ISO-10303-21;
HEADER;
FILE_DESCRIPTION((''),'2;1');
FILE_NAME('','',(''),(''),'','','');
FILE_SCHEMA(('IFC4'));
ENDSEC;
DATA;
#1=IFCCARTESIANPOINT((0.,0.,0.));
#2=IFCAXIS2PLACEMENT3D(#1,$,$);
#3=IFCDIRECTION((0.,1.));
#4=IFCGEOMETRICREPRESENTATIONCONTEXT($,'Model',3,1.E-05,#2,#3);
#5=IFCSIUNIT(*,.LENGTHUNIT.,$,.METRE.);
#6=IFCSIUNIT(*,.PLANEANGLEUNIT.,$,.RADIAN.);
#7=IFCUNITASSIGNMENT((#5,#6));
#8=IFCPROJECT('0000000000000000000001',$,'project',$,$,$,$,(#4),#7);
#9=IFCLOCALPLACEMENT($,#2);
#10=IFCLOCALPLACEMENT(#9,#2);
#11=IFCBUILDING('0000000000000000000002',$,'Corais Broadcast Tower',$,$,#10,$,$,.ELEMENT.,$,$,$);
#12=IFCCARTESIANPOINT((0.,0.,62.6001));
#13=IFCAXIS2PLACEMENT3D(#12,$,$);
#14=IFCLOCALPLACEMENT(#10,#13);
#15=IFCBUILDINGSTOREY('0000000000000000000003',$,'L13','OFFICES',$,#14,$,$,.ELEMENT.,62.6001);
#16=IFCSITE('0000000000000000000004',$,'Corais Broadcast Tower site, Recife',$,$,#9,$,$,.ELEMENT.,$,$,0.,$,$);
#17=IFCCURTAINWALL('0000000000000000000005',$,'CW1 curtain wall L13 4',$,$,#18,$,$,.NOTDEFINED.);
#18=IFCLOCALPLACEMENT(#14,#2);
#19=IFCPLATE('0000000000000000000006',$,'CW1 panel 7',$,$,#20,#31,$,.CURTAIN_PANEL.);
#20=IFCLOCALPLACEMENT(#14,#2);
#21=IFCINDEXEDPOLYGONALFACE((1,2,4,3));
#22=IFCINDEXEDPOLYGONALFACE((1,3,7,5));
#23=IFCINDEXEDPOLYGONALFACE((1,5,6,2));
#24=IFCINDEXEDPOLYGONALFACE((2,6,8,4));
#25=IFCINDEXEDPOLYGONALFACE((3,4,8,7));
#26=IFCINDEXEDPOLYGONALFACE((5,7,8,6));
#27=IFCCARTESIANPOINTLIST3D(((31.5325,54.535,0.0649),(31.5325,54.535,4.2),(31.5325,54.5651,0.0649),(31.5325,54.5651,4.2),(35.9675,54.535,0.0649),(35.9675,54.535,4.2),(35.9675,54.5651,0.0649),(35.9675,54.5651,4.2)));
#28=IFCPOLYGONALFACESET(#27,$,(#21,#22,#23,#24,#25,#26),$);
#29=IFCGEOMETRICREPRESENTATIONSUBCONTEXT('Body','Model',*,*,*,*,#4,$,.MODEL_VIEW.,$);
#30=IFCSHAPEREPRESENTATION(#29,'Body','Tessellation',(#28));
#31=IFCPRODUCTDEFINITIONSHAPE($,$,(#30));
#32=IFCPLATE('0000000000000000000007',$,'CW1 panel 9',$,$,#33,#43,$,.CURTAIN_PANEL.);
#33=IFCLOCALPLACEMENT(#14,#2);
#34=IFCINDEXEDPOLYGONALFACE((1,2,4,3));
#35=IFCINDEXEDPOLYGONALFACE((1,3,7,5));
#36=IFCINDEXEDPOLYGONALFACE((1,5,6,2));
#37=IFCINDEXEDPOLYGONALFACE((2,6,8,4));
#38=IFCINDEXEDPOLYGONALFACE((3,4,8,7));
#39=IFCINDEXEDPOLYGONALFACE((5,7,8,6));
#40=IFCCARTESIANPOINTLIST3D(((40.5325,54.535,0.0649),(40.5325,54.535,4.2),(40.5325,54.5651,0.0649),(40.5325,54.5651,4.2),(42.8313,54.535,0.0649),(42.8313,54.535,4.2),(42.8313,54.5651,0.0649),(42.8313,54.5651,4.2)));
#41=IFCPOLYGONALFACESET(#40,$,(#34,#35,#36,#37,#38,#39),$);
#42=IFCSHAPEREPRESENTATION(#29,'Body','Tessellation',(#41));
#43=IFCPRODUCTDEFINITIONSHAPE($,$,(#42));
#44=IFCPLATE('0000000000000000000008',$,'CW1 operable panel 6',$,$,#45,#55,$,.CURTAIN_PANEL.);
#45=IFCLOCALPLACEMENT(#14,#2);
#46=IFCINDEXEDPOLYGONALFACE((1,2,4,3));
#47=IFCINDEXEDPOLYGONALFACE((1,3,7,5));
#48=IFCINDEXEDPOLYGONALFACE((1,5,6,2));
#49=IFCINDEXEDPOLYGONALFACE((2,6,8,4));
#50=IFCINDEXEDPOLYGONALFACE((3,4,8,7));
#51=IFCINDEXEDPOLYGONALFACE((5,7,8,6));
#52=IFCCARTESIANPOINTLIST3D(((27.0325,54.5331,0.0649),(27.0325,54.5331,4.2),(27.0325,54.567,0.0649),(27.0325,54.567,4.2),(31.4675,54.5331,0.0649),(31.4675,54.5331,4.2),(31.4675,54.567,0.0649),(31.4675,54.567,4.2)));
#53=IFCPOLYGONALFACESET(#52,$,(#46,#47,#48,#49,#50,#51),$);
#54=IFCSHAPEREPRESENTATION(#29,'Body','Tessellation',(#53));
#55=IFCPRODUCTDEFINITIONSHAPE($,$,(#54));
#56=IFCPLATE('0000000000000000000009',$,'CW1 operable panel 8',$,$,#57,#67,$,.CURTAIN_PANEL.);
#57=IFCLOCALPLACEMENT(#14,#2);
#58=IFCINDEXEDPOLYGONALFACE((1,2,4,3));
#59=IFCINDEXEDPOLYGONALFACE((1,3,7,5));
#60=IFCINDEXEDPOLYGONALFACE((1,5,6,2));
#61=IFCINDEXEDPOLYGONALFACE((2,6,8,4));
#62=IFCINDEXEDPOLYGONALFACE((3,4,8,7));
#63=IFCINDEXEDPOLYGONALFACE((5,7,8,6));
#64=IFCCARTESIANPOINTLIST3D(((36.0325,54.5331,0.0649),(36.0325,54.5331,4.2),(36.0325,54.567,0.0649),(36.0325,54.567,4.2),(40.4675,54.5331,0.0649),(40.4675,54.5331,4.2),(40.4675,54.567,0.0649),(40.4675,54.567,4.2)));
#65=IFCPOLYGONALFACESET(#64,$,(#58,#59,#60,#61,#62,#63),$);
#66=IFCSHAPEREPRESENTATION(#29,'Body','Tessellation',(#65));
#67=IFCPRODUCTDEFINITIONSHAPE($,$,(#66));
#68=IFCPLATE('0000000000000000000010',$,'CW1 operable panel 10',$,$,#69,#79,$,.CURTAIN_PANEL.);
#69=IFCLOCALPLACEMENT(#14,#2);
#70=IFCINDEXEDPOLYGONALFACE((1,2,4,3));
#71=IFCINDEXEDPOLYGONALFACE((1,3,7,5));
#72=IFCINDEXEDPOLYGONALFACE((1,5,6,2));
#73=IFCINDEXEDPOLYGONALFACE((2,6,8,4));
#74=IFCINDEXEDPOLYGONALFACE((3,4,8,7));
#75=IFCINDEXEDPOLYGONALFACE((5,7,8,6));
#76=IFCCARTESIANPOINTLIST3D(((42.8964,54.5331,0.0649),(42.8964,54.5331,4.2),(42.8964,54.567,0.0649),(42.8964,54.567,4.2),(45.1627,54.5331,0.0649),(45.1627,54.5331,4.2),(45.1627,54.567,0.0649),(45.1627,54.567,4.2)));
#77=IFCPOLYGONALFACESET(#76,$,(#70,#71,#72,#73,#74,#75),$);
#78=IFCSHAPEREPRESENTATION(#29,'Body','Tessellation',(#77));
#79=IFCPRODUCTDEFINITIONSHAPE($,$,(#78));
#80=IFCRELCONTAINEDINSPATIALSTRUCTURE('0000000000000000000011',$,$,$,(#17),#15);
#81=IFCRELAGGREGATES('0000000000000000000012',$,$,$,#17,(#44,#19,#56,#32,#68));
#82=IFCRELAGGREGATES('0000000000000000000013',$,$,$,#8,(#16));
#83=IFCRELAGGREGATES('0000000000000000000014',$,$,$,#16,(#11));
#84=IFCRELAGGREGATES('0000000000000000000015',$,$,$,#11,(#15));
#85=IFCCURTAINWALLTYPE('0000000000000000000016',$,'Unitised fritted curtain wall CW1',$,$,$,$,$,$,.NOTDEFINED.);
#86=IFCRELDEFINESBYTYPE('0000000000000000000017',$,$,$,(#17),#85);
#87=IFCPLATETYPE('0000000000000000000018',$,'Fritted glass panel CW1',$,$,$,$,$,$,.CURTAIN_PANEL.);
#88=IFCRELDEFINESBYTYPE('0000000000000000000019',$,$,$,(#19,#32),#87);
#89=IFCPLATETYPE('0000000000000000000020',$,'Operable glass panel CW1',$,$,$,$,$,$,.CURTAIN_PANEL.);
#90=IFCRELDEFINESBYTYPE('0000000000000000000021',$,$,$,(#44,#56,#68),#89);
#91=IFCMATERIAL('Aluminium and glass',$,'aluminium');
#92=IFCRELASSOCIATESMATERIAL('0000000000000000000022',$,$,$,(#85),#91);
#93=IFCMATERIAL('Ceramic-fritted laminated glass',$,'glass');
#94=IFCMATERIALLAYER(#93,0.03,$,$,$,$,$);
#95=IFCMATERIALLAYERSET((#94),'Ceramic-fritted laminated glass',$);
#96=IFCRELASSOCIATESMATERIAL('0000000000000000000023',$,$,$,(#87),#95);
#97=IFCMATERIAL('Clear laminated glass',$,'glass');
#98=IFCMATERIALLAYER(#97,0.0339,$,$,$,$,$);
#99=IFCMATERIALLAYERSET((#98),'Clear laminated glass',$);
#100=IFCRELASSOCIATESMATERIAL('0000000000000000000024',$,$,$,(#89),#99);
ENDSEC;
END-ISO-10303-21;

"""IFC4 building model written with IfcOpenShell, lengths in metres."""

from ifc_helpers import new_model, si_unit, direction, frame, origin, origin_2d, place, context, subcontext, project, spatial, rectangle, extrude, material, layer, layer_set, type_object, element, aggregate, save


model = new_model("IFC4")

# Units and contexts
model_context = context("Model", 3, precision=1e-05, world=origin(), true_north=direction((0.0, 1.0)))
body_context = subcontext(model_context, "Body", "Model", "MODEL_VIEW")
ifc_project = project(units=[si_unit("LENGTHUNIT", "METRE"), si_unit("PLANEANGLEUNIT", "RADIAN")], contexts=[model_context])

# Site, building, storey
site_placement = place(None, origin())
site = spatial("IfcSite", under=ifc_project, at=site_placement, Name="Corais Broadcast Tower site, Recife", CompositionType="ELEMENT", RefElevation=0.0)
building_placement = place(site_placement, origin())
building = spatial("IfcBuilding", under=site, at=building_placement, Name="Corais Broadcast Tower", CompositionType="ELEMENT")
storey_placement = place(building_placement, frame((0.0, 0.0, 62.6001)))
storey = spatial("IfcBuildingStorey", under=building, at=storey_placement, Name="L13", Description="OFFICES", CompositionType="ELEMENT", Elevation=62.6001)

# Curtain wall
ifc_material_1 = material(Name="Aluminium and glass", Category="aluminium")
curtain_wall_type = type_object("IfcCurtainWallType", Name="Unitised fritted curtain wall CW1", PredefinedType="NOTDEFINED", material=ifc_material_1)
curtain_wall_placement = place(storey_placement, origin())
curtain_wall = element("IfcCurtainWall", 1, at=curtain_wall_placement, inside=storey, type_object=curtain_wall_type, Name="CW1 curtain wall L13 4", PredefinedType="NOTDEFINED")

# Plates
ifc_material_2 = material(Name="Ceramic-fritted laminated glass", Category="glass")
ifc_layer_1 = layer(ifc_material_2, 0.03)
ifc_layer_set_1 = layer_set([ifc_layer_1], Name="Ceramic-fritted laminated glass")
plate_type_1 = type_object("IfcPlateType", Name="Fritted glass panel CW1", PredefinedType="CURTAIN_PANEL", material=ifc_layer_set_1)
plate_1_placement = place(storey_placement, frame((33.75, 54.55, 0.0649), z_axis=(0.0, 0.0, 1.0), x_axis=(1.0, 0.0, 0.0)))
plate_1 = element("IfcPlate", 2, at=plate_1_placement, type_object=plate_type_1, Name="CW1 panel 7", PredefinedType="CURTAIN_PANEL", context=body_context, shape_type="SweptSolid", body=[
    extrude(rectangle(XDim=4.4351, YDim=0.03, at=origin_2d()), origin(), (0.0, 0.0, 1.0), 4.135),
])
plate_2_placement = place(storey_placement, frame((41.6819, 54.55, 0.0649), z_axis=(0.0, 0.0, 1.0), x_axis=(1.0, 0.0, 0.0)))
plate_2 = element("IfcPlate", 3, at=plate_2_placement, type_object=plate_type_1, Name="CW1 panel 9", PredefinedType="CURTAIN_PANEL", context=body_context, shape_type="SweptSolid", body=[
    extrude(rectangle(XDim=2.2988, YDim=0.03, at=origin_2d()), origin(), (0.0, 0.0, 1.0), 4.135),
])
ifc_material_3 = material(Name="Clear laminated glass", Category="glass")
ifc_layer_2 = layer(ifc_material_3, 0.0339)
ifc_layer_set_2 = layer_set([ifc_layer_2], Name="Clear laminated glass")
plate_type_2 = type_object("IfcPlateType", Name="Operable glass panel CW1", PredefinedType="CURTAIN_PANEL", material=ifc_layer_set_2)
plate_3_placement = place(storey_placement, frame((29.25, 54.55, 0.0649), z_axis=(0.0, 0.0, 1.0), x_axis=(1.0, 0.0, 0.0)))
plate_3 = element("IfcPlate", 4, at=plate_3_placement, type_object=plate_type_2, Name="CW1 operable panel 6", PredefinedType="CURTAIN_PANEL", context=body_context, shape_type="SweptSolid", body=[
    extrude(rectangle(XDim=4.4351, YDim=0.0339, at=origin_2d()), origin(), (0.0, 0.0, 1.0), 4.135),
])
plate_4_placement = place(storey_placement, frame((38.25, 54.55, 0.0649), z_axis=(0.0, 0.0, 1.0), x_axis=(1.0, 0.0, 0.0)))
plate_4 = element("IfcPlate", 5, at=plate_4_placement, type_object=plate_type_2, Name="CW1 operable panel 8", PredefinedType="CURTAIN_PANEL", context=body_context, shape_type="SweptSolid", body=[
    extrude(rectangle(XDim=4.4351, YDim=0.0339, at=origin_2d()), origin(), (0.0, 0.0, 1.0), 4.135),
])
plate_5_placement = place(storey_placement, frame((44.0295, 54.55, 0.0649), z_axis=(0.0, 0.0, 1.0), x_axis=(1.0, 0.0, 0.0)))
plate_5 = element("IfcPlate", 6, at=plate_5_placement, type_object=plate_type_2, Name="CW1 operable panel 10", PredefinedType="CURTAIN_PANEL", context=body_context, shape_type="SweptSolid", body=[
    extrude(rectangle(XDim=2.2664, YDim=0.0339, at=origin_2d()), origin(), (0.0, 0.0, 1.0), 4.135),
])
aggregate(curtain_wall, [plate_3, plate_1, plate_4, plate_2, plate_5])

save(model, "model.ifc")
